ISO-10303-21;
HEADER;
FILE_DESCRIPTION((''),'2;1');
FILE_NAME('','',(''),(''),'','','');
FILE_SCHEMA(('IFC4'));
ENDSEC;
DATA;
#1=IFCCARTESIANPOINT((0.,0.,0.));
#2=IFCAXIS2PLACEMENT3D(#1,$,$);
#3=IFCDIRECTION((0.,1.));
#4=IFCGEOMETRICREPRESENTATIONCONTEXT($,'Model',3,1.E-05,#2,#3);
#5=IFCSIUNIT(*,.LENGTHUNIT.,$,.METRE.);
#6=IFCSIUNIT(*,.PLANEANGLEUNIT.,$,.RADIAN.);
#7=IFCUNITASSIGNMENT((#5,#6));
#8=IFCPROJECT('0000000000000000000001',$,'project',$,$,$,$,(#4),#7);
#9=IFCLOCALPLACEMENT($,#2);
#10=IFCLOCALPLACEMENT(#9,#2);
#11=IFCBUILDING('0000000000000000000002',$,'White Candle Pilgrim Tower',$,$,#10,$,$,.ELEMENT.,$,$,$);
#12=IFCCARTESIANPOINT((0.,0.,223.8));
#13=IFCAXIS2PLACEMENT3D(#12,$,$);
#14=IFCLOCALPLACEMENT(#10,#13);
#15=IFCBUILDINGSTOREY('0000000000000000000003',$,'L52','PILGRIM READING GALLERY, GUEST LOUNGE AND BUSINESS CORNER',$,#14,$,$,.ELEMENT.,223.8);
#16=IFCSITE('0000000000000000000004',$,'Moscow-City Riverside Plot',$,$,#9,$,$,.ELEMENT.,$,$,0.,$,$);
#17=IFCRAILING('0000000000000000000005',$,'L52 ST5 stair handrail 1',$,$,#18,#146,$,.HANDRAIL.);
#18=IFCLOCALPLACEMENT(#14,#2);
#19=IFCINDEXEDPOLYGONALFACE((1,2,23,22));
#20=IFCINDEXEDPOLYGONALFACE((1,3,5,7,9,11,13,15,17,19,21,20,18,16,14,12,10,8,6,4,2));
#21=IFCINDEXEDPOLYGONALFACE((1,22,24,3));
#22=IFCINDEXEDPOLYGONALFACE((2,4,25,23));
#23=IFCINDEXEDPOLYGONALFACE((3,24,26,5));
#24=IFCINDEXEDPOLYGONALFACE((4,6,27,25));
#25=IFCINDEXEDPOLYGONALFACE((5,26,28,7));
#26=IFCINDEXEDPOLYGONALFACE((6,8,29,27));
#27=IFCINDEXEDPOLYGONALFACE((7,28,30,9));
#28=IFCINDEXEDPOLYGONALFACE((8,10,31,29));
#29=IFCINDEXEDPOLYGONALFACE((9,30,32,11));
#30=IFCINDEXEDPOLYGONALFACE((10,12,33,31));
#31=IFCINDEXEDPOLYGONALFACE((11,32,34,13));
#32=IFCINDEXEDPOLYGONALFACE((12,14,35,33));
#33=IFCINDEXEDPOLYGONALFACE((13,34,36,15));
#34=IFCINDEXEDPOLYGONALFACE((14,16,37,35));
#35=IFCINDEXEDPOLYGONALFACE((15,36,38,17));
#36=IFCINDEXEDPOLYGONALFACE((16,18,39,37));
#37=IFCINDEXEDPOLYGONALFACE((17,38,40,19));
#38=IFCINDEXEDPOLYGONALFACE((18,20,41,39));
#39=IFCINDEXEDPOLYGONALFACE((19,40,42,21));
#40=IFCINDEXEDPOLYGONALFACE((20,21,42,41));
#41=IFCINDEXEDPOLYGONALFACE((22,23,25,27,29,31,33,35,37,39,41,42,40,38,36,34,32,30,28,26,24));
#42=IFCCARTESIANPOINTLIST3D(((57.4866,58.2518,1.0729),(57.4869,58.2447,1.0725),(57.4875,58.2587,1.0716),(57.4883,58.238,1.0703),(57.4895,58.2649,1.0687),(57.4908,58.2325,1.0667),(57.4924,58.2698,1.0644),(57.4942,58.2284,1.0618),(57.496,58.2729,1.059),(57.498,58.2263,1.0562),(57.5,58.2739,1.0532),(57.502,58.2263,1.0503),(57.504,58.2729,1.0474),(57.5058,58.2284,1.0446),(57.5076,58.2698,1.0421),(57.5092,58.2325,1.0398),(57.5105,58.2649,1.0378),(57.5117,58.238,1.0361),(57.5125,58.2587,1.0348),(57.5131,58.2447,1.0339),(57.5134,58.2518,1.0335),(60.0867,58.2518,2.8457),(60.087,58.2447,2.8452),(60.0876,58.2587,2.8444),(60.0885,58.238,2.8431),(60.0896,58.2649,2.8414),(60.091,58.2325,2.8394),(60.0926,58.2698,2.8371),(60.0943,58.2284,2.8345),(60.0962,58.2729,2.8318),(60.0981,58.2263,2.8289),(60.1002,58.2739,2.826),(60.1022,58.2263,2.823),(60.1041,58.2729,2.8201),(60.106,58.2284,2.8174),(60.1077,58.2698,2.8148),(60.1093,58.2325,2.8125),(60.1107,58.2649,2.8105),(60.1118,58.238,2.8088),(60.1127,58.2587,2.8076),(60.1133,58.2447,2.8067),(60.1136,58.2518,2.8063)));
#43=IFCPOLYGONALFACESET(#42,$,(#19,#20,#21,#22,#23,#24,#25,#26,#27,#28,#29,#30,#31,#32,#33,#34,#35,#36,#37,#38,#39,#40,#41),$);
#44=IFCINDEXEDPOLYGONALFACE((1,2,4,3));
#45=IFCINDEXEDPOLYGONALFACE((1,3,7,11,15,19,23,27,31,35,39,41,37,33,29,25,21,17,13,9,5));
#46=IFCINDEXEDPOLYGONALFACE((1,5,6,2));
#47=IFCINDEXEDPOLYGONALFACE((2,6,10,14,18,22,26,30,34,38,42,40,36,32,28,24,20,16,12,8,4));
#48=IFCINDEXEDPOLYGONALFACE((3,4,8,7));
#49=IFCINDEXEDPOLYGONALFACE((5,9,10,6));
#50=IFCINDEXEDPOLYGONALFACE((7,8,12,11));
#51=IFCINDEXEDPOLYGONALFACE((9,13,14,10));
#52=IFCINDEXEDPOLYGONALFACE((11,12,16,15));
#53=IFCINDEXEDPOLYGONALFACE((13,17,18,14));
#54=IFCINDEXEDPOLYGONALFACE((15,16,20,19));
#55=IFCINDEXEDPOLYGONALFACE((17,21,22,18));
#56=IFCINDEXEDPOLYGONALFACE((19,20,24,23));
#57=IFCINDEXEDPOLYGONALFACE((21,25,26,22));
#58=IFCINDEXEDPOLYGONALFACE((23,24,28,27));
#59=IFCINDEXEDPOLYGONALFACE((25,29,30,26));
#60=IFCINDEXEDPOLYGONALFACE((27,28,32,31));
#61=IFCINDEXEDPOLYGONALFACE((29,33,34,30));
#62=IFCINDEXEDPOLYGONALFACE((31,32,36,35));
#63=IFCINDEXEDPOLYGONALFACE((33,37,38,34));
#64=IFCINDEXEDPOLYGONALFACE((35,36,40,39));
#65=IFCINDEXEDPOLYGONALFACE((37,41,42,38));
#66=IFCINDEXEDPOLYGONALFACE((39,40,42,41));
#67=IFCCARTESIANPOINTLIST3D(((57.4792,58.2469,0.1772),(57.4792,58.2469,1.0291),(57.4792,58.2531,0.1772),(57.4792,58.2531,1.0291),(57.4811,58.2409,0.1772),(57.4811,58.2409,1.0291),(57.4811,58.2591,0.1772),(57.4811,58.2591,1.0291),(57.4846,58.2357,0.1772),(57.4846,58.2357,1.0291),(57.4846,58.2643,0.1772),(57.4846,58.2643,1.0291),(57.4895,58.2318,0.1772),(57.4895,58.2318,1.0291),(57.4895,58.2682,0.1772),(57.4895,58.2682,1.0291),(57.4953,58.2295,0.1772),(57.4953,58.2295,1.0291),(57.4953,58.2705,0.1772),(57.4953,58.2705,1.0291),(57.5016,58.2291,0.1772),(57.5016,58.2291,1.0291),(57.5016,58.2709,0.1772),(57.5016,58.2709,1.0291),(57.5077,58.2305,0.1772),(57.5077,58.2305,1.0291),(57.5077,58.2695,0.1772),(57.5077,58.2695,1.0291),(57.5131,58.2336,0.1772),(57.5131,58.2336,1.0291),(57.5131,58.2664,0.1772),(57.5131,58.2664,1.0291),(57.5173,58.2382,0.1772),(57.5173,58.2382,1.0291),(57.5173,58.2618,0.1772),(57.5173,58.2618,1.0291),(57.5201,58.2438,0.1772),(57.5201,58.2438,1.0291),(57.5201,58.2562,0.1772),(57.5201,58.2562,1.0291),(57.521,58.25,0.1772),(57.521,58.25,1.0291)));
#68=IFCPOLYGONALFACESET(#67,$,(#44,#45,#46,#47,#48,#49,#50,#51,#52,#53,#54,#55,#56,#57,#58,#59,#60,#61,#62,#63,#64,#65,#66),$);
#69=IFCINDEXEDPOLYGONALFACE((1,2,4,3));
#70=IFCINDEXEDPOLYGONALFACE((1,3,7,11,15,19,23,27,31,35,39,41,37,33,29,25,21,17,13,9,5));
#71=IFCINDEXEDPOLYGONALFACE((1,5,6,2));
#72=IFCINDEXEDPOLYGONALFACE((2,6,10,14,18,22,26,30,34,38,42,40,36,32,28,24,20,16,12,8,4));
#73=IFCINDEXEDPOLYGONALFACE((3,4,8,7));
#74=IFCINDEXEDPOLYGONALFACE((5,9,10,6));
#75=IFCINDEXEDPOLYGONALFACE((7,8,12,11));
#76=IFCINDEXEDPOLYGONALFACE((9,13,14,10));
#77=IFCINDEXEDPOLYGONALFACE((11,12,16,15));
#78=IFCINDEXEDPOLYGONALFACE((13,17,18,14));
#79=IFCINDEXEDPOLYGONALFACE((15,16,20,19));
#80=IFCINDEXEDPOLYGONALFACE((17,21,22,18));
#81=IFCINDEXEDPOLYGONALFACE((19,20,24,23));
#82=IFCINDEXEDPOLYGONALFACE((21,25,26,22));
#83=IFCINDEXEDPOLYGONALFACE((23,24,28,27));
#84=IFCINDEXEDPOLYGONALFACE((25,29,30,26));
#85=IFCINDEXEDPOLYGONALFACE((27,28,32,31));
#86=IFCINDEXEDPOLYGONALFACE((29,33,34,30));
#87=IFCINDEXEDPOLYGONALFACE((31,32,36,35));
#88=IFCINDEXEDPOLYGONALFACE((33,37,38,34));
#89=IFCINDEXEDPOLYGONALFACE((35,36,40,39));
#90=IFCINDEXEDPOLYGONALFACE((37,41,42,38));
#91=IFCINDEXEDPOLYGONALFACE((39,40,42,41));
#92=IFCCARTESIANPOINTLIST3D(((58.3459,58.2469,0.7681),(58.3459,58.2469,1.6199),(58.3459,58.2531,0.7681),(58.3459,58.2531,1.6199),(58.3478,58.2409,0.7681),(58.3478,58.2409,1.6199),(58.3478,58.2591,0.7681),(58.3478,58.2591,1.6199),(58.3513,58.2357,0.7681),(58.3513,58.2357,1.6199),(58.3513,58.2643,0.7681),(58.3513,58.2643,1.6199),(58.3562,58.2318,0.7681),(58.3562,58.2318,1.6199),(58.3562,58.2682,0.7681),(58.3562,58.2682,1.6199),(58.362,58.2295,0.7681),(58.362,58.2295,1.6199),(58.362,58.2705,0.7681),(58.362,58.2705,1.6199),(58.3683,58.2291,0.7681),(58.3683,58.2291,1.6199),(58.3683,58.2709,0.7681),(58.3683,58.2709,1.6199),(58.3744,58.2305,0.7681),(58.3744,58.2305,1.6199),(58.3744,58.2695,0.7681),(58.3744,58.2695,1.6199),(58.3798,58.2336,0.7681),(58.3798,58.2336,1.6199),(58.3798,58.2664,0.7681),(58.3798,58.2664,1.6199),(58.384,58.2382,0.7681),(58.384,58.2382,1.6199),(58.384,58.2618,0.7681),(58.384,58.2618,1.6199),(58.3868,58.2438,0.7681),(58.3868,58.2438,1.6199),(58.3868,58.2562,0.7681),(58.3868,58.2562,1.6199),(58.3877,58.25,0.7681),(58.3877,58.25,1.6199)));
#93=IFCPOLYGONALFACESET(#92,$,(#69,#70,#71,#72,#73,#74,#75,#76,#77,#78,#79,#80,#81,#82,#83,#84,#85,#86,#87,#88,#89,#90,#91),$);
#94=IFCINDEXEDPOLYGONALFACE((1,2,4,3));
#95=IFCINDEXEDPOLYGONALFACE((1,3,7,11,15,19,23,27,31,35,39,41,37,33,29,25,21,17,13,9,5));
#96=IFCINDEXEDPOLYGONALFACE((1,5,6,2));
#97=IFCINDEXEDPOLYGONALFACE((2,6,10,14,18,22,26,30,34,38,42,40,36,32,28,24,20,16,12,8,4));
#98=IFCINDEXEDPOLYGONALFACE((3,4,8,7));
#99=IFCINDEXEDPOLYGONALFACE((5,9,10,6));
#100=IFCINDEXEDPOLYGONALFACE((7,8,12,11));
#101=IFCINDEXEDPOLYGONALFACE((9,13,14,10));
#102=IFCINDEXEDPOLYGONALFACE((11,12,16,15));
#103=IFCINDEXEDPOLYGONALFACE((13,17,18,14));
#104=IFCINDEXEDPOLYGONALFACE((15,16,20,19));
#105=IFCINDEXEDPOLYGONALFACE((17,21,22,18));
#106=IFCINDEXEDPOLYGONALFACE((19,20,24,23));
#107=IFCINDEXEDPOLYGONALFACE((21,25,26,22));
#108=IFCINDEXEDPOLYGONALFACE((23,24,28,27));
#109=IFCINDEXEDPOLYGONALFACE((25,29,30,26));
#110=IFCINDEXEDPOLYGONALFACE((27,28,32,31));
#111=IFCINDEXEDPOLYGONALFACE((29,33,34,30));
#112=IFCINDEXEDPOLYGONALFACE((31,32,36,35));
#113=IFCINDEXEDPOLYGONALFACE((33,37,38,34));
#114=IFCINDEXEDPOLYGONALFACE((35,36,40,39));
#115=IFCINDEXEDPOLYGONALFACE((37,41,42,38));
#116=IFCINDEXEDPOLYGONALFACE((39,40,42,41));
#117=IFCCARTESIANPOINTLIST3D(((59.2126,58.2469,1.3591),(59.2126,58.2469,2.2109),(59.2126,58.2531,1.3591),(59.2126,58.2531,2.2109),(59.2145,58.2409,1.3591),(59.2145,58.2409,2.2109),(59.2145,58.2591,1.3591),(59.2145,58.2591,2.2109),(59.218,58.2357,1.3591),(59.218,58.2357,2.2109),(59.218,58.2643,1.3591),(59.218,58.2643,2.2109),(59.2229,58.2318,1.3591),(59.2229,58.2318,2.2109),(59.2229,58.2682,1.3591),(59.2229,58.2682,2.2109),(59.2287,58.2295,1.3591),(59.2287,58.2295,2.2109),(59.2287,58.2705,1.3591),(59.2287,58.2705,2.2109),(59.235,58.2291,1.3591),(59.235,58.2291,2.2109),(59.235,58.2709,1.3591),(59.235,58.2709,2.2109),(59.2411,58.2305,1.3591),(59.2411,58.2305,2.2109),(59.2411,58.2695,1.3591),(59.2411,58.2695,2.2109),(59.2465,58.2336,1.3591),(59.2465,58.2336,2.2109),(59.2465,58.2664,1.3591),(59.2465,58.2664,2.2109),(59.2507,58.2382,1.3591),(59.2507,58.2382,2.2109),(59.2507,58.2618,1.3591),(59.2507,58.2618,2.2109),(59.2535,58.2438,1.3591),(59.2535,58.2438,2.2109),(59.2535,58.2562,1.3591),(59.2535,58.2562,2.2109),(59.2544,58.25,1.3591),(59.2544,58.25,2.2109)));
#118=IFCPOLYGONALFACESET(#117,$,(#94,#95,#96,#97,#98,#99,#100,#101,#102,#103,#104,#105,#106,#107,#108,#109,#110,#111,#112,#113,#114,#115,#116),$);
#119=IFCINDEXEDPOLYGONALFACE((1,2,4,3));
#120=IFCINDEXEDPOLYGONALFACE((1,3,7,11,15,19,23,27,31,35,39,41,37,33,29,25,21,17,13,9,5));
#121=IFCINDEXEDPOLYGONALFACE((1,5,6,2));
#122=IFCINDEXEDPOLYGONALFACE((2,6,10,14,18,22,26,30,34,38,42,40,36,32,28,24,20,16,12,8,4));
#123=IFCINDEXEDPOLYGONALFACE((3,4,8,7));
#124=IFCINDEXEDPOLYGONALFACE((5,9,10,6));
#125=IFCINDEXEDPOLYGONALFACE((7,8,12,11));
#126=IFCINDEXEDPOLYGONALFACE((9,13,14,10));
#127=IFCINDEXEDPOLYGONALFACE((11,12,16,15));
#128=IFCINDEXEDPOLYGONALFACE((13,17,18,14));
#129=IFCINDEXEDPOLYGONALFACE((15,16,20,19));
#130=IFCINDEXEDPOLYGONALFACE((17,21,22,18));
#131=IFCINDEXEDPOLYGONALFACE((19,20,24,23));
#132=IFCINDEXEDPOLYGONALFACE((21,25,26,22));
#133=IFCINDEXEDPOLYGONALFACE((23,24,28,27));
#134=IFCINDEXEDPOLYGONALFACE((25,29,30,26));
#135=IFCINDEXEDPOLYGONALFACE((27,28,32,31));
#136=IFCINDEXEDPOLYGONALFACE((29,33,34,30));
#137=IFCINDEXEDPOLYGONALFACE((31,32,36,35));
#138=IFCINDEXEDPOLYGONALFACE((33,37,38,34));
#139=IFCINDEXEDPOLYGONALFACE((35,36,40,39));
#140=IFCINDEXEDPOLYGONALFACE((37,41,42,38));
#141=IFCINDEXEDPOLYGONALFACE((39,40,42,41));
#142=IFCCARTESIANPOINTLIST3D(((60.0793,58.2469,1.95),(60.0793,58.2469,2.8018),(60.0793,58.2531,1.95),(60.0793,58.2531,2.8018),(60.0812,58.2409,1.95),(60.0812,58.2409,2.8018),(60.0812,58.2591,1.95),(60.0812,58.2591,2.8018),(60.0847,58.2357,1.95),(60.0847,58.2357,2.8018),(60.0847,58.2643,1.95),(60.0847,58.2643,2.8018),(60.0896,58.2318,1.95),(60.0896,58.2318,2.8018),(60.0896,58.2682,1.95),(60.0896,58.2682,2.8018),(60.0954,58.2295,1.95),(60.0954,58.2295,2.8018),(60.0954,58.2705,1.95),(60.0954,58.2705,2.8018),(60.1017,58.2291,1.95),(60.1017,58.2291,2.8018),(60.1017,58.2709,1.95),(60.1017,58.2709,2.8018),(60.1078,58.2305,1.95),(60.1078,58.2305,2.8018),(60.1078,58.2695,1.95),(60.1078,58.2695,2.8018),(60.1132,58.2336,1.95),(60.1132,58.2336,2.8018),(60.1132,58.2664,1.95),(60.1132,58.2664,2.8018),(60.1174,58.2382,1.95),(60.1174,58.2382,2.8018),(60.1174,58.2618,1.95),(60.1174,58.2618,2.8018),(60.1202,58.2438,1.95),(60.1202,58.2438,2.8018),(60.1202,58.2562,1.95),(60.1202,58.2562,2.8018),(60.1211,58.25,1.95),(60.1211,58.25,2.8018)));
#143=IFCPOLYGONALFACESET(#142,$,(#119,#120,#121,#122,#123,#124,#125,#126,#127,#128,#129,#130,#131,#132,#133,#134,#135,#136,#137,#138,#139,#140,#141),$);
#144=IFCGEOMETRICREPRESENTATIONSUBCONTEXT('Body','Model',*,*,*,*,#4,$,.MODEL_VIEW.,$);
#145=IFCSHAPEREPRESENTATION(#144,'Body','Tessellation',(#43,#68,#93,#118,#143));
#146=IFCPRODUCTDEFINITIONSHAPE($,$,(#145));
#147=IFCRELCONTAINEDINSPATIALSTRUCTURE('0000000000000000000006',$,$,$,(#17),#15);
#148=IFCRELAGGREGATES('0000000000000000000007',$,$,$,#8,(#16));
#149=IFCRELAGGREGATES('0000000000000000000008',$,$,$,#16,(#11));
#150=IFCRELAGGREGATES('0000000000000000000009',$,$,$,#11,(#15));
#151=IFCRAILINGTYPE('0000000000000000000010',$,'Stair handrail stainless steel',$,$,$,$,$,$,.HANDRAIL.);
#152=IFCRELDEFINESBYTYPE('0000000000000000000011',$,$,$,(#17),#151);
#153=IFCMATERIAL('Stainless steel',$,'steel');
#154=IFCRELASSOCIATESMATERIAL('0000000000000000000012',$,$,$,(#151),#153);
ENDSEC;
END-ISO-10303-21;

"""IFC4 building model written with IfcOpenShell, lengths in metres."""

from ifc_helpers import new_model, si_unit, direction, frame, origin, origin_2d, place, context, subcontext, project, spatial, circle, extrude, material, type_object, element, save


model = new_model("IFC4")

# Units and contexts
model_context = context("Model", 3, precision=1e-05, world=origin(), true_north=direction((0.0, 1.0)))
body_context = subcontext(model_context, "Body", "Model", "MODEL_VIEW")
ifc_project = project(units=[si_unit("LENGTHUNIT", "METRE"), si_unit("PLANEANGLEUNIT", "RADIAN")], contexts=[model_context])

# Site, building, storey
site_placement = place(None, origin())
site = spatial("IfcSite", under=ifc_project, at=site_placement, Name="Moscow-City Riverside Plot", CompositionType="ELEMENT", RefElevation=0.0)
building_placement = place(site_placement, origin())
building = spatial("IfcBuilding", under=site, at=building_placement, Name="White Candle Pilgrim Tower", CompositionType="ELEMENT")
storey_placement = place(building_placement, frame((0.0, 0.0, 223.8)))
storey = spatial("IfcBuildingStorey", under=building, at=storey_placement, Name="L52", Description="PILGRIM READING GALLERY, GUEST LOUNGE AND BUSINESS CORNER", CompositionType="ELEMENT", Elevation=223.8)

# Railing
ifc_material_1 = material(Name="Stainless steel", Category="steel")
railing_type_1 = type_object("IfcRailingType", Name="Stair handrail stainless steel", PredefinedType="HANDRAIL", material=ifc_material_1)
railing_1_placement = place(storey_placement, frame((57.5, 58.25, 0.1772)))
element("IfcRailing", 1, at=railing_1_placement, inside=storey, type_object=railing_type_1, Name="L52 ST5 stair handrail 1", PredefinedType="HANDRAIL", context=body_context, shape_type="SweptSolid", body=[
    extrude(circle(Radius=0.0239, at=origin_2d()), frame((0.0, 0.0, 0.876), z_axis=(0.82624, 0.0, 0.563318), x_axis=(0.0, 1.0, 0.0)), (0.0, 0.0, 1.0), 3.147),
    extrude(circle(Radius=0.021, at=origin_2d()), origin(), (0.0, 0.0, 1.0), 0.8518),
    extrude(circle(Radius=0.021, at=origin_2d()), frame((0.8667, 0.0, 0.5908)), (0.0, 0.0, 1.0), 0.8518),
    extrude(circle(Radius=0.021, at=origin_2d()), frame((1.7334, 0.0, 1.1819)), (0.0, 0.0, 1.0), 0.8518),
    extrude(circle(Radius=0.021, at=origin_2d()), frame((2.6001, 0.0, 1.7727)), (0.0, 0.0, 1.0), 0.8518),
])

save(model, "model.ifc")
